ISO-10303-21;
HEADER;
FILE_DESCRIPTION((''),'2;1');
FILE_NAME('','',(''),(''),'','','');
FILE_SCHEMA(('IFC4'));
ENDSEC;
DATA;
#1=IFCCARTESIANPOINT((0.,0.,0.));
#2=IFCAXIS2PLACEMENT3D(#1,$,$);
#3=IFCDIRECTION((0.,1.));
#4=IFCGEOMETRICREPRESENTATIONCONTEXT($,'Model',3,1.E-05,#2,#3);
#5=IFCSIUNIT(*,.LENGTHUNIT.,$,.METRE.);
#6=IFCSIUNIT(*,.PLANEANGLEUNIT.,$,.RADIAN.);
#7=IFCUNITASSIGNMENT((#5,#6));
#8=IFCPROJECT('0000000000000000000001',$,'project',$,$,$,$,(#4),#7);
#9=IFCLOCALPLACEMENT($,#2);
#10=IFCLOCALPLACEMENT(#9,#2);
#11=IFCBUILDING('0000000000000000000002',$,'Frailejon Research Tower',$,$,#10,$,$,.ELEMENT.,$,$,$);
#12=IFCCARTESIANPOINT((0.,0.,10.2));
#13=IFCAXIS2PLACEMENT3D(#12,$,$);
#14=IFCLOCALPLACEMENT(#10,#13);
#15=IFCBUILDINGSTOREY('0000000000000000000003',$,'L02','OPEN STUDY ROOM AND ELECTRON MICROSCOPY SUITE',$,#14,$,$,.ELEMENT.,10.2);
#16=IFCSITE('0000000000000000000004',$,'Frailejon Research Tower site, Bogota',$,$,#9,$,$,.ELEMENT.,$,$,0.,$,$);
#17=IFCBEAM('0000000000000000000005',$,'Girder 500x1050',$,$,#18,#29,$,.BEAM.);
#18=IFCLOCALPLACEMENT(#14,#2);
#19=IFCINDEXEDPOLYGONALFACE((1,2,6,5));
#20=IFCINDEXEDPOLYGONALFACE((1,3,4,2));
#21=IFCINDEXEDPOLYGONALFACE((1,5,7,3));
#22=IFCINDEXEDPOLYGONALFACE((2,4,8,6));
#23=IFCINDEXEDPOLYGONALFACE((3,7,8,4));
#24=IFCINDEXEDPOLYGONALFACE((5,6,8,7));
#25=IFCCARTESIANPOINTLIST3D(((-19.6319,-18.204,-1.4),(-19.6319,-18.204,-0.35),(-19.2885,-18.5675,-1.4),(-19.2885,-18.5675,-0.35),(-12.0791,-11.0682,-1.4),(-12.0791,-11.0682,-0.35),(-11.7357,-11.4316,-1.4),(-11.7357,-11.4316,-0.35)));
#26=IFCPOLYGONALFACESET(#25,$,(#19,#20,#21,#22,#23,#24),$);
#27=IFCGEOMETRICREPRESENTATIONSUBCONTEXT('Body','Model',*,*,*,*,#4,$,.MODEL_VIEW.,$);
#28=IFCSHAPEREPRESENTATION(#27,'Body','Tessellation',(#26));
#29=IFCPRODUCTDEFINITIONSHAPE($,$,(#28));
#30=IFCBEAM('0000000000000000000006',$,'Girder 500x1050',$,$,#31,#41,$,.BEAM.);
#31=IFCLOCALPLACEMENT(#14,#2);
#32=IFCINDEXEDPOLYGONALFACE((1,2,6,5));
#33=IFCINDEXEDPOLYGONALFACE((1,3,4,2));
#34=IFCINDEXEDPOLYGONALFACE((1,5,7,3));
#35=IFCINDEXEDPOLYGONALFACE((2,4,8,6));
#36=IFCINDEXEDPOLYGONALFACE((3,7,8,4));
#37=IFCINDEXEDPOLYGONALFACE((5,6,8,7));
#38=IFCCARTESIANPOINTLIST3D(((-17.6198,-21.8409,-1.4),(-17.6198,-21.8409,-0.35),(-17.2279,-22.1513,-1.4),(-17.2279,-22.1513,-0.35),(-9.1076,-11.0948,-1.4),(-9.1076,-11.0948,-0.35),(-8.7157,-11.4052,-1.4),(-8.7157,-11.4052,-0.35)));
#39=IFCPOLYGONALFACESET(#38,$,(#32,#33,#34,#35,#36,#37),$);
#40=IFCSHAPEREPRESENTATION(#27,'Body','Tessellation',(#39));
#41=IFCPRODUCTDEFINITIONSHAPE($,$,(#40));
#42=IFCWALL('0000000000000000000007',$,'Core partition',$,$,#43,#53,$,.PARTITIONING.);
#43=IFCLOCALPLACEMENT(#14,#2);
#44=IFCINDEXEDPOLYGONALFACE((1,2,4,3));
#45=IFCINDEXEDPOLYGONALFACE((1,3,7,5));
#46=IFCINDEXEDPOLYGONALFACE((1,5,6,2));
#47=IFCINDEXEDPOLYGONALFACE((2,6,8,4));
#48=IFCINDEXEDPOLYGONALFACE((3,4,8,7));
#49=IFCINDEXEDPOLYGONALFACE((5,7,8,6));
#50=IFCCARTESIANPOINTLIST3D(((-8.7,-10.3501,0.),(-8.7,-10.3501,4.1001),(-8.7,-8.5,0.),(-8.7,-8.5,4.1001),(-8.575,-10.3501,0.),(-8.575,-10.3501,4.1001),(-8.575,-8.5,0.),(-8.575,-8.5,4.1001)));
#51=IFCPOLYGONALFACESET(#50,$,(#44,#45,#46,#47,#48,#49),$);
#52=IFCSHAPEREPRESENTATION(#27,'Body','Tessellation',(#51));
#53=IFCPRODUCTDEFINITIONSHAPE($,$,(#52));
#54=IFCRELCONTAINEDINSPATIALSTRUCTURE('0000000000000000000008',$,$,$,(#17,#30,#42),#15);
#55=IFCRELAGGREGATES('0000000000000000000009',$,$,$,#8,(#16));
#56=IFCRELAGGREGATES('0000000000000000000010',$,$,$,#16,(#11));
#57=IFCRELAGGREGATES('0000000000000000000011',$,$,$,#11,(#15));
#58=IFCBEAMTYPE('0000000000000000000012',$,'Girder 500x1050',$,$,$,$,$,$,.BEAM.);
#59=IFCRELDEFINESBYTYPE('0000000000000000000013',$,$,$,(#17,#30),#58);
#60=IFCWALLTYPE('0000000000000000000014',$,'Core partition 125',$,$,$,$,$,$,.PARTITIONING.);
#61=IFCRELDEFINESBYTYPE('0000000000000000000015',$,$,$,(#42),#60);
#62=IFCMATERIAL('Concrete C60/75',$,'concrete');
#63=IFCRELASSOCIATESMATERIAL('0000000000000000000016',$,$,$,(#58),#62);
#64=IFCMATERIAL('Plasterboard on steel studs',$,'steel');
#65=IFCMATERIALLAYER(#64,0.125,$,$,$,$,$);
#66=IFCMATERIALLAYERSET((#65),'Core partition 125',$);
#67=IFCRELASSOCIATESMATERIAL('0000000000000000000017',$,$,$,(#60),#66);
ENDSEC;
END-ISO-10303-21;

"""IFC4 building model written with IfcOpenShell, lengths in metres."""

from ifc_helpers import new_model, si_unit, direction, frame, frame_2d, origin, origin_2d, place, context, subcontext, project, spatial, rectangle, extrude, material, layer, layer_set, material_profile, profile_set, type_object, element, save


model = new_model("IFC4")

# Units and contexts
model_context = context("Model", 3, precision=1e-05, world=origin(), true_north=direction((0.0, 1.0)))
body_context = subcontext(model_context, "Body", "Model", "MODEL_VIEW")
ifc_project = project(units=[si_unit("LENGTHUNIT", "METRE"), si_unit("PLANEANGLEUNIT", "RADIAN")], contexts=[model_context])

# Site, building, storey
site_placement = place(None, origin())
site = spatial("IfcSite", under=ifc_project, at=site_placement, Name="Frailejon Research Tower site, Bogota", CompositionType="ELEMENT", RefElevation=0.0)
building_placement = place(site_placement, origin())
building = spatial("IfcBuilding", under=site, at=building_placement, Name="Frailejon Research Tower", CompositionType="ELEMENT")
storey_placement = place(building_placement, frame((0.0, 0.0, 10.2)))
storey = spatial("IfcBuildingStorey", under=building, at=storey_placement, Name="L02", Description="OPEN STUDY ROOM AND ELECTRON MICROSCOPY SUITE", CompositionType="ELEMENT", Elevation=10.2)

# Beams
ifc_material_1 = material(Name="Concrete C60/75", Category="concrete")
ifc_material_profile = material_profile(ifc_material_1, rectangle(XDim=0.5, YDim=1.05, at=origin_2d()), Name="Girder 500x1050")
ifc_profile_set = profile_set([ifc_material_profile], Name="Concrete C60/75")
beam_type = type_object("IfcBeamType", Name="Girder 500x1050", PredefinedType="BEAM", material=ifc_profile_set)
beam_1_placement = place(storey_placement, frame((-19.4602, -18.3857, -0.875), z_axis=(0.726888, 0.686756, 0.0), x_axis=(-0.686756, 0.726888, 0.0)))
element("IfcBeam", 1, at=beam_1_placement, inside=storey, type_object=beam_type, Name="Girder 500x1050", PredefinedType="BEAM", context=body_context, shape_type="SweptSolid", body=[
    extrude(rectangle(XDim=0.5, YDim=1.05, at=origin_2d()), origin(), (0.0, 0.0, 1.0), 10.3906),
])
beam_2_placement = place(storey_placement, frame((-17.4238, -21.9961, -0.875), z_axis=(0.620922, 0.783872, 0.0), x_axis=(-0.783872, 0.620922, 0.0)))
element("IfcBeam", 2, at=beam_2_placement, inside=storey, type_object=beam_type, Name="Girder 500x1050", PredefinedType="BEAM", context=body_context, shape_type="SweptSolid", body=[
    extrude(rectangle(XDim=0.5, YDim=1.05, at=origin_2d()), origin(), (0.0, 0.0, 1.0), 13.709),
])

# Wall
ifc_material_2 = material(Name="Plasterboard on steel studs", Category="steel")
ifc_layer_1 = layer(ifc_material_2, 0.125)
ifc_layer_set_1 = layer_set([ifc_layer_1], Name="Core partition 125")
wall_type_1 = type_object("IfcWallType", Name="Core partition 125", PredefinedType="PARTITIONING", material=ifc_layer_set_1)
wall_1_placement = place(storey_placement, frame((-8.6375, -10.3501, 0.0), z_axis=(0.0, 0.0, 1.0), x_axis=(0.0, 1.0, 0.0)))
element("IfcWall", 3, at=wall_1_placement, inside=storey, type_object=wall_type_1, Name="Core partition", PredefinedType="PARTITIONING", context=body_context, shape_type="SweptSolid", body=[
    extrude(rectangle(XDim=1.8501, YDim=0.125, at=frame_2d((0.925, 0.0))), origin(), (0.0, 0.0, 1.0), 4.1001),
])

save(model, "model.ifc")
